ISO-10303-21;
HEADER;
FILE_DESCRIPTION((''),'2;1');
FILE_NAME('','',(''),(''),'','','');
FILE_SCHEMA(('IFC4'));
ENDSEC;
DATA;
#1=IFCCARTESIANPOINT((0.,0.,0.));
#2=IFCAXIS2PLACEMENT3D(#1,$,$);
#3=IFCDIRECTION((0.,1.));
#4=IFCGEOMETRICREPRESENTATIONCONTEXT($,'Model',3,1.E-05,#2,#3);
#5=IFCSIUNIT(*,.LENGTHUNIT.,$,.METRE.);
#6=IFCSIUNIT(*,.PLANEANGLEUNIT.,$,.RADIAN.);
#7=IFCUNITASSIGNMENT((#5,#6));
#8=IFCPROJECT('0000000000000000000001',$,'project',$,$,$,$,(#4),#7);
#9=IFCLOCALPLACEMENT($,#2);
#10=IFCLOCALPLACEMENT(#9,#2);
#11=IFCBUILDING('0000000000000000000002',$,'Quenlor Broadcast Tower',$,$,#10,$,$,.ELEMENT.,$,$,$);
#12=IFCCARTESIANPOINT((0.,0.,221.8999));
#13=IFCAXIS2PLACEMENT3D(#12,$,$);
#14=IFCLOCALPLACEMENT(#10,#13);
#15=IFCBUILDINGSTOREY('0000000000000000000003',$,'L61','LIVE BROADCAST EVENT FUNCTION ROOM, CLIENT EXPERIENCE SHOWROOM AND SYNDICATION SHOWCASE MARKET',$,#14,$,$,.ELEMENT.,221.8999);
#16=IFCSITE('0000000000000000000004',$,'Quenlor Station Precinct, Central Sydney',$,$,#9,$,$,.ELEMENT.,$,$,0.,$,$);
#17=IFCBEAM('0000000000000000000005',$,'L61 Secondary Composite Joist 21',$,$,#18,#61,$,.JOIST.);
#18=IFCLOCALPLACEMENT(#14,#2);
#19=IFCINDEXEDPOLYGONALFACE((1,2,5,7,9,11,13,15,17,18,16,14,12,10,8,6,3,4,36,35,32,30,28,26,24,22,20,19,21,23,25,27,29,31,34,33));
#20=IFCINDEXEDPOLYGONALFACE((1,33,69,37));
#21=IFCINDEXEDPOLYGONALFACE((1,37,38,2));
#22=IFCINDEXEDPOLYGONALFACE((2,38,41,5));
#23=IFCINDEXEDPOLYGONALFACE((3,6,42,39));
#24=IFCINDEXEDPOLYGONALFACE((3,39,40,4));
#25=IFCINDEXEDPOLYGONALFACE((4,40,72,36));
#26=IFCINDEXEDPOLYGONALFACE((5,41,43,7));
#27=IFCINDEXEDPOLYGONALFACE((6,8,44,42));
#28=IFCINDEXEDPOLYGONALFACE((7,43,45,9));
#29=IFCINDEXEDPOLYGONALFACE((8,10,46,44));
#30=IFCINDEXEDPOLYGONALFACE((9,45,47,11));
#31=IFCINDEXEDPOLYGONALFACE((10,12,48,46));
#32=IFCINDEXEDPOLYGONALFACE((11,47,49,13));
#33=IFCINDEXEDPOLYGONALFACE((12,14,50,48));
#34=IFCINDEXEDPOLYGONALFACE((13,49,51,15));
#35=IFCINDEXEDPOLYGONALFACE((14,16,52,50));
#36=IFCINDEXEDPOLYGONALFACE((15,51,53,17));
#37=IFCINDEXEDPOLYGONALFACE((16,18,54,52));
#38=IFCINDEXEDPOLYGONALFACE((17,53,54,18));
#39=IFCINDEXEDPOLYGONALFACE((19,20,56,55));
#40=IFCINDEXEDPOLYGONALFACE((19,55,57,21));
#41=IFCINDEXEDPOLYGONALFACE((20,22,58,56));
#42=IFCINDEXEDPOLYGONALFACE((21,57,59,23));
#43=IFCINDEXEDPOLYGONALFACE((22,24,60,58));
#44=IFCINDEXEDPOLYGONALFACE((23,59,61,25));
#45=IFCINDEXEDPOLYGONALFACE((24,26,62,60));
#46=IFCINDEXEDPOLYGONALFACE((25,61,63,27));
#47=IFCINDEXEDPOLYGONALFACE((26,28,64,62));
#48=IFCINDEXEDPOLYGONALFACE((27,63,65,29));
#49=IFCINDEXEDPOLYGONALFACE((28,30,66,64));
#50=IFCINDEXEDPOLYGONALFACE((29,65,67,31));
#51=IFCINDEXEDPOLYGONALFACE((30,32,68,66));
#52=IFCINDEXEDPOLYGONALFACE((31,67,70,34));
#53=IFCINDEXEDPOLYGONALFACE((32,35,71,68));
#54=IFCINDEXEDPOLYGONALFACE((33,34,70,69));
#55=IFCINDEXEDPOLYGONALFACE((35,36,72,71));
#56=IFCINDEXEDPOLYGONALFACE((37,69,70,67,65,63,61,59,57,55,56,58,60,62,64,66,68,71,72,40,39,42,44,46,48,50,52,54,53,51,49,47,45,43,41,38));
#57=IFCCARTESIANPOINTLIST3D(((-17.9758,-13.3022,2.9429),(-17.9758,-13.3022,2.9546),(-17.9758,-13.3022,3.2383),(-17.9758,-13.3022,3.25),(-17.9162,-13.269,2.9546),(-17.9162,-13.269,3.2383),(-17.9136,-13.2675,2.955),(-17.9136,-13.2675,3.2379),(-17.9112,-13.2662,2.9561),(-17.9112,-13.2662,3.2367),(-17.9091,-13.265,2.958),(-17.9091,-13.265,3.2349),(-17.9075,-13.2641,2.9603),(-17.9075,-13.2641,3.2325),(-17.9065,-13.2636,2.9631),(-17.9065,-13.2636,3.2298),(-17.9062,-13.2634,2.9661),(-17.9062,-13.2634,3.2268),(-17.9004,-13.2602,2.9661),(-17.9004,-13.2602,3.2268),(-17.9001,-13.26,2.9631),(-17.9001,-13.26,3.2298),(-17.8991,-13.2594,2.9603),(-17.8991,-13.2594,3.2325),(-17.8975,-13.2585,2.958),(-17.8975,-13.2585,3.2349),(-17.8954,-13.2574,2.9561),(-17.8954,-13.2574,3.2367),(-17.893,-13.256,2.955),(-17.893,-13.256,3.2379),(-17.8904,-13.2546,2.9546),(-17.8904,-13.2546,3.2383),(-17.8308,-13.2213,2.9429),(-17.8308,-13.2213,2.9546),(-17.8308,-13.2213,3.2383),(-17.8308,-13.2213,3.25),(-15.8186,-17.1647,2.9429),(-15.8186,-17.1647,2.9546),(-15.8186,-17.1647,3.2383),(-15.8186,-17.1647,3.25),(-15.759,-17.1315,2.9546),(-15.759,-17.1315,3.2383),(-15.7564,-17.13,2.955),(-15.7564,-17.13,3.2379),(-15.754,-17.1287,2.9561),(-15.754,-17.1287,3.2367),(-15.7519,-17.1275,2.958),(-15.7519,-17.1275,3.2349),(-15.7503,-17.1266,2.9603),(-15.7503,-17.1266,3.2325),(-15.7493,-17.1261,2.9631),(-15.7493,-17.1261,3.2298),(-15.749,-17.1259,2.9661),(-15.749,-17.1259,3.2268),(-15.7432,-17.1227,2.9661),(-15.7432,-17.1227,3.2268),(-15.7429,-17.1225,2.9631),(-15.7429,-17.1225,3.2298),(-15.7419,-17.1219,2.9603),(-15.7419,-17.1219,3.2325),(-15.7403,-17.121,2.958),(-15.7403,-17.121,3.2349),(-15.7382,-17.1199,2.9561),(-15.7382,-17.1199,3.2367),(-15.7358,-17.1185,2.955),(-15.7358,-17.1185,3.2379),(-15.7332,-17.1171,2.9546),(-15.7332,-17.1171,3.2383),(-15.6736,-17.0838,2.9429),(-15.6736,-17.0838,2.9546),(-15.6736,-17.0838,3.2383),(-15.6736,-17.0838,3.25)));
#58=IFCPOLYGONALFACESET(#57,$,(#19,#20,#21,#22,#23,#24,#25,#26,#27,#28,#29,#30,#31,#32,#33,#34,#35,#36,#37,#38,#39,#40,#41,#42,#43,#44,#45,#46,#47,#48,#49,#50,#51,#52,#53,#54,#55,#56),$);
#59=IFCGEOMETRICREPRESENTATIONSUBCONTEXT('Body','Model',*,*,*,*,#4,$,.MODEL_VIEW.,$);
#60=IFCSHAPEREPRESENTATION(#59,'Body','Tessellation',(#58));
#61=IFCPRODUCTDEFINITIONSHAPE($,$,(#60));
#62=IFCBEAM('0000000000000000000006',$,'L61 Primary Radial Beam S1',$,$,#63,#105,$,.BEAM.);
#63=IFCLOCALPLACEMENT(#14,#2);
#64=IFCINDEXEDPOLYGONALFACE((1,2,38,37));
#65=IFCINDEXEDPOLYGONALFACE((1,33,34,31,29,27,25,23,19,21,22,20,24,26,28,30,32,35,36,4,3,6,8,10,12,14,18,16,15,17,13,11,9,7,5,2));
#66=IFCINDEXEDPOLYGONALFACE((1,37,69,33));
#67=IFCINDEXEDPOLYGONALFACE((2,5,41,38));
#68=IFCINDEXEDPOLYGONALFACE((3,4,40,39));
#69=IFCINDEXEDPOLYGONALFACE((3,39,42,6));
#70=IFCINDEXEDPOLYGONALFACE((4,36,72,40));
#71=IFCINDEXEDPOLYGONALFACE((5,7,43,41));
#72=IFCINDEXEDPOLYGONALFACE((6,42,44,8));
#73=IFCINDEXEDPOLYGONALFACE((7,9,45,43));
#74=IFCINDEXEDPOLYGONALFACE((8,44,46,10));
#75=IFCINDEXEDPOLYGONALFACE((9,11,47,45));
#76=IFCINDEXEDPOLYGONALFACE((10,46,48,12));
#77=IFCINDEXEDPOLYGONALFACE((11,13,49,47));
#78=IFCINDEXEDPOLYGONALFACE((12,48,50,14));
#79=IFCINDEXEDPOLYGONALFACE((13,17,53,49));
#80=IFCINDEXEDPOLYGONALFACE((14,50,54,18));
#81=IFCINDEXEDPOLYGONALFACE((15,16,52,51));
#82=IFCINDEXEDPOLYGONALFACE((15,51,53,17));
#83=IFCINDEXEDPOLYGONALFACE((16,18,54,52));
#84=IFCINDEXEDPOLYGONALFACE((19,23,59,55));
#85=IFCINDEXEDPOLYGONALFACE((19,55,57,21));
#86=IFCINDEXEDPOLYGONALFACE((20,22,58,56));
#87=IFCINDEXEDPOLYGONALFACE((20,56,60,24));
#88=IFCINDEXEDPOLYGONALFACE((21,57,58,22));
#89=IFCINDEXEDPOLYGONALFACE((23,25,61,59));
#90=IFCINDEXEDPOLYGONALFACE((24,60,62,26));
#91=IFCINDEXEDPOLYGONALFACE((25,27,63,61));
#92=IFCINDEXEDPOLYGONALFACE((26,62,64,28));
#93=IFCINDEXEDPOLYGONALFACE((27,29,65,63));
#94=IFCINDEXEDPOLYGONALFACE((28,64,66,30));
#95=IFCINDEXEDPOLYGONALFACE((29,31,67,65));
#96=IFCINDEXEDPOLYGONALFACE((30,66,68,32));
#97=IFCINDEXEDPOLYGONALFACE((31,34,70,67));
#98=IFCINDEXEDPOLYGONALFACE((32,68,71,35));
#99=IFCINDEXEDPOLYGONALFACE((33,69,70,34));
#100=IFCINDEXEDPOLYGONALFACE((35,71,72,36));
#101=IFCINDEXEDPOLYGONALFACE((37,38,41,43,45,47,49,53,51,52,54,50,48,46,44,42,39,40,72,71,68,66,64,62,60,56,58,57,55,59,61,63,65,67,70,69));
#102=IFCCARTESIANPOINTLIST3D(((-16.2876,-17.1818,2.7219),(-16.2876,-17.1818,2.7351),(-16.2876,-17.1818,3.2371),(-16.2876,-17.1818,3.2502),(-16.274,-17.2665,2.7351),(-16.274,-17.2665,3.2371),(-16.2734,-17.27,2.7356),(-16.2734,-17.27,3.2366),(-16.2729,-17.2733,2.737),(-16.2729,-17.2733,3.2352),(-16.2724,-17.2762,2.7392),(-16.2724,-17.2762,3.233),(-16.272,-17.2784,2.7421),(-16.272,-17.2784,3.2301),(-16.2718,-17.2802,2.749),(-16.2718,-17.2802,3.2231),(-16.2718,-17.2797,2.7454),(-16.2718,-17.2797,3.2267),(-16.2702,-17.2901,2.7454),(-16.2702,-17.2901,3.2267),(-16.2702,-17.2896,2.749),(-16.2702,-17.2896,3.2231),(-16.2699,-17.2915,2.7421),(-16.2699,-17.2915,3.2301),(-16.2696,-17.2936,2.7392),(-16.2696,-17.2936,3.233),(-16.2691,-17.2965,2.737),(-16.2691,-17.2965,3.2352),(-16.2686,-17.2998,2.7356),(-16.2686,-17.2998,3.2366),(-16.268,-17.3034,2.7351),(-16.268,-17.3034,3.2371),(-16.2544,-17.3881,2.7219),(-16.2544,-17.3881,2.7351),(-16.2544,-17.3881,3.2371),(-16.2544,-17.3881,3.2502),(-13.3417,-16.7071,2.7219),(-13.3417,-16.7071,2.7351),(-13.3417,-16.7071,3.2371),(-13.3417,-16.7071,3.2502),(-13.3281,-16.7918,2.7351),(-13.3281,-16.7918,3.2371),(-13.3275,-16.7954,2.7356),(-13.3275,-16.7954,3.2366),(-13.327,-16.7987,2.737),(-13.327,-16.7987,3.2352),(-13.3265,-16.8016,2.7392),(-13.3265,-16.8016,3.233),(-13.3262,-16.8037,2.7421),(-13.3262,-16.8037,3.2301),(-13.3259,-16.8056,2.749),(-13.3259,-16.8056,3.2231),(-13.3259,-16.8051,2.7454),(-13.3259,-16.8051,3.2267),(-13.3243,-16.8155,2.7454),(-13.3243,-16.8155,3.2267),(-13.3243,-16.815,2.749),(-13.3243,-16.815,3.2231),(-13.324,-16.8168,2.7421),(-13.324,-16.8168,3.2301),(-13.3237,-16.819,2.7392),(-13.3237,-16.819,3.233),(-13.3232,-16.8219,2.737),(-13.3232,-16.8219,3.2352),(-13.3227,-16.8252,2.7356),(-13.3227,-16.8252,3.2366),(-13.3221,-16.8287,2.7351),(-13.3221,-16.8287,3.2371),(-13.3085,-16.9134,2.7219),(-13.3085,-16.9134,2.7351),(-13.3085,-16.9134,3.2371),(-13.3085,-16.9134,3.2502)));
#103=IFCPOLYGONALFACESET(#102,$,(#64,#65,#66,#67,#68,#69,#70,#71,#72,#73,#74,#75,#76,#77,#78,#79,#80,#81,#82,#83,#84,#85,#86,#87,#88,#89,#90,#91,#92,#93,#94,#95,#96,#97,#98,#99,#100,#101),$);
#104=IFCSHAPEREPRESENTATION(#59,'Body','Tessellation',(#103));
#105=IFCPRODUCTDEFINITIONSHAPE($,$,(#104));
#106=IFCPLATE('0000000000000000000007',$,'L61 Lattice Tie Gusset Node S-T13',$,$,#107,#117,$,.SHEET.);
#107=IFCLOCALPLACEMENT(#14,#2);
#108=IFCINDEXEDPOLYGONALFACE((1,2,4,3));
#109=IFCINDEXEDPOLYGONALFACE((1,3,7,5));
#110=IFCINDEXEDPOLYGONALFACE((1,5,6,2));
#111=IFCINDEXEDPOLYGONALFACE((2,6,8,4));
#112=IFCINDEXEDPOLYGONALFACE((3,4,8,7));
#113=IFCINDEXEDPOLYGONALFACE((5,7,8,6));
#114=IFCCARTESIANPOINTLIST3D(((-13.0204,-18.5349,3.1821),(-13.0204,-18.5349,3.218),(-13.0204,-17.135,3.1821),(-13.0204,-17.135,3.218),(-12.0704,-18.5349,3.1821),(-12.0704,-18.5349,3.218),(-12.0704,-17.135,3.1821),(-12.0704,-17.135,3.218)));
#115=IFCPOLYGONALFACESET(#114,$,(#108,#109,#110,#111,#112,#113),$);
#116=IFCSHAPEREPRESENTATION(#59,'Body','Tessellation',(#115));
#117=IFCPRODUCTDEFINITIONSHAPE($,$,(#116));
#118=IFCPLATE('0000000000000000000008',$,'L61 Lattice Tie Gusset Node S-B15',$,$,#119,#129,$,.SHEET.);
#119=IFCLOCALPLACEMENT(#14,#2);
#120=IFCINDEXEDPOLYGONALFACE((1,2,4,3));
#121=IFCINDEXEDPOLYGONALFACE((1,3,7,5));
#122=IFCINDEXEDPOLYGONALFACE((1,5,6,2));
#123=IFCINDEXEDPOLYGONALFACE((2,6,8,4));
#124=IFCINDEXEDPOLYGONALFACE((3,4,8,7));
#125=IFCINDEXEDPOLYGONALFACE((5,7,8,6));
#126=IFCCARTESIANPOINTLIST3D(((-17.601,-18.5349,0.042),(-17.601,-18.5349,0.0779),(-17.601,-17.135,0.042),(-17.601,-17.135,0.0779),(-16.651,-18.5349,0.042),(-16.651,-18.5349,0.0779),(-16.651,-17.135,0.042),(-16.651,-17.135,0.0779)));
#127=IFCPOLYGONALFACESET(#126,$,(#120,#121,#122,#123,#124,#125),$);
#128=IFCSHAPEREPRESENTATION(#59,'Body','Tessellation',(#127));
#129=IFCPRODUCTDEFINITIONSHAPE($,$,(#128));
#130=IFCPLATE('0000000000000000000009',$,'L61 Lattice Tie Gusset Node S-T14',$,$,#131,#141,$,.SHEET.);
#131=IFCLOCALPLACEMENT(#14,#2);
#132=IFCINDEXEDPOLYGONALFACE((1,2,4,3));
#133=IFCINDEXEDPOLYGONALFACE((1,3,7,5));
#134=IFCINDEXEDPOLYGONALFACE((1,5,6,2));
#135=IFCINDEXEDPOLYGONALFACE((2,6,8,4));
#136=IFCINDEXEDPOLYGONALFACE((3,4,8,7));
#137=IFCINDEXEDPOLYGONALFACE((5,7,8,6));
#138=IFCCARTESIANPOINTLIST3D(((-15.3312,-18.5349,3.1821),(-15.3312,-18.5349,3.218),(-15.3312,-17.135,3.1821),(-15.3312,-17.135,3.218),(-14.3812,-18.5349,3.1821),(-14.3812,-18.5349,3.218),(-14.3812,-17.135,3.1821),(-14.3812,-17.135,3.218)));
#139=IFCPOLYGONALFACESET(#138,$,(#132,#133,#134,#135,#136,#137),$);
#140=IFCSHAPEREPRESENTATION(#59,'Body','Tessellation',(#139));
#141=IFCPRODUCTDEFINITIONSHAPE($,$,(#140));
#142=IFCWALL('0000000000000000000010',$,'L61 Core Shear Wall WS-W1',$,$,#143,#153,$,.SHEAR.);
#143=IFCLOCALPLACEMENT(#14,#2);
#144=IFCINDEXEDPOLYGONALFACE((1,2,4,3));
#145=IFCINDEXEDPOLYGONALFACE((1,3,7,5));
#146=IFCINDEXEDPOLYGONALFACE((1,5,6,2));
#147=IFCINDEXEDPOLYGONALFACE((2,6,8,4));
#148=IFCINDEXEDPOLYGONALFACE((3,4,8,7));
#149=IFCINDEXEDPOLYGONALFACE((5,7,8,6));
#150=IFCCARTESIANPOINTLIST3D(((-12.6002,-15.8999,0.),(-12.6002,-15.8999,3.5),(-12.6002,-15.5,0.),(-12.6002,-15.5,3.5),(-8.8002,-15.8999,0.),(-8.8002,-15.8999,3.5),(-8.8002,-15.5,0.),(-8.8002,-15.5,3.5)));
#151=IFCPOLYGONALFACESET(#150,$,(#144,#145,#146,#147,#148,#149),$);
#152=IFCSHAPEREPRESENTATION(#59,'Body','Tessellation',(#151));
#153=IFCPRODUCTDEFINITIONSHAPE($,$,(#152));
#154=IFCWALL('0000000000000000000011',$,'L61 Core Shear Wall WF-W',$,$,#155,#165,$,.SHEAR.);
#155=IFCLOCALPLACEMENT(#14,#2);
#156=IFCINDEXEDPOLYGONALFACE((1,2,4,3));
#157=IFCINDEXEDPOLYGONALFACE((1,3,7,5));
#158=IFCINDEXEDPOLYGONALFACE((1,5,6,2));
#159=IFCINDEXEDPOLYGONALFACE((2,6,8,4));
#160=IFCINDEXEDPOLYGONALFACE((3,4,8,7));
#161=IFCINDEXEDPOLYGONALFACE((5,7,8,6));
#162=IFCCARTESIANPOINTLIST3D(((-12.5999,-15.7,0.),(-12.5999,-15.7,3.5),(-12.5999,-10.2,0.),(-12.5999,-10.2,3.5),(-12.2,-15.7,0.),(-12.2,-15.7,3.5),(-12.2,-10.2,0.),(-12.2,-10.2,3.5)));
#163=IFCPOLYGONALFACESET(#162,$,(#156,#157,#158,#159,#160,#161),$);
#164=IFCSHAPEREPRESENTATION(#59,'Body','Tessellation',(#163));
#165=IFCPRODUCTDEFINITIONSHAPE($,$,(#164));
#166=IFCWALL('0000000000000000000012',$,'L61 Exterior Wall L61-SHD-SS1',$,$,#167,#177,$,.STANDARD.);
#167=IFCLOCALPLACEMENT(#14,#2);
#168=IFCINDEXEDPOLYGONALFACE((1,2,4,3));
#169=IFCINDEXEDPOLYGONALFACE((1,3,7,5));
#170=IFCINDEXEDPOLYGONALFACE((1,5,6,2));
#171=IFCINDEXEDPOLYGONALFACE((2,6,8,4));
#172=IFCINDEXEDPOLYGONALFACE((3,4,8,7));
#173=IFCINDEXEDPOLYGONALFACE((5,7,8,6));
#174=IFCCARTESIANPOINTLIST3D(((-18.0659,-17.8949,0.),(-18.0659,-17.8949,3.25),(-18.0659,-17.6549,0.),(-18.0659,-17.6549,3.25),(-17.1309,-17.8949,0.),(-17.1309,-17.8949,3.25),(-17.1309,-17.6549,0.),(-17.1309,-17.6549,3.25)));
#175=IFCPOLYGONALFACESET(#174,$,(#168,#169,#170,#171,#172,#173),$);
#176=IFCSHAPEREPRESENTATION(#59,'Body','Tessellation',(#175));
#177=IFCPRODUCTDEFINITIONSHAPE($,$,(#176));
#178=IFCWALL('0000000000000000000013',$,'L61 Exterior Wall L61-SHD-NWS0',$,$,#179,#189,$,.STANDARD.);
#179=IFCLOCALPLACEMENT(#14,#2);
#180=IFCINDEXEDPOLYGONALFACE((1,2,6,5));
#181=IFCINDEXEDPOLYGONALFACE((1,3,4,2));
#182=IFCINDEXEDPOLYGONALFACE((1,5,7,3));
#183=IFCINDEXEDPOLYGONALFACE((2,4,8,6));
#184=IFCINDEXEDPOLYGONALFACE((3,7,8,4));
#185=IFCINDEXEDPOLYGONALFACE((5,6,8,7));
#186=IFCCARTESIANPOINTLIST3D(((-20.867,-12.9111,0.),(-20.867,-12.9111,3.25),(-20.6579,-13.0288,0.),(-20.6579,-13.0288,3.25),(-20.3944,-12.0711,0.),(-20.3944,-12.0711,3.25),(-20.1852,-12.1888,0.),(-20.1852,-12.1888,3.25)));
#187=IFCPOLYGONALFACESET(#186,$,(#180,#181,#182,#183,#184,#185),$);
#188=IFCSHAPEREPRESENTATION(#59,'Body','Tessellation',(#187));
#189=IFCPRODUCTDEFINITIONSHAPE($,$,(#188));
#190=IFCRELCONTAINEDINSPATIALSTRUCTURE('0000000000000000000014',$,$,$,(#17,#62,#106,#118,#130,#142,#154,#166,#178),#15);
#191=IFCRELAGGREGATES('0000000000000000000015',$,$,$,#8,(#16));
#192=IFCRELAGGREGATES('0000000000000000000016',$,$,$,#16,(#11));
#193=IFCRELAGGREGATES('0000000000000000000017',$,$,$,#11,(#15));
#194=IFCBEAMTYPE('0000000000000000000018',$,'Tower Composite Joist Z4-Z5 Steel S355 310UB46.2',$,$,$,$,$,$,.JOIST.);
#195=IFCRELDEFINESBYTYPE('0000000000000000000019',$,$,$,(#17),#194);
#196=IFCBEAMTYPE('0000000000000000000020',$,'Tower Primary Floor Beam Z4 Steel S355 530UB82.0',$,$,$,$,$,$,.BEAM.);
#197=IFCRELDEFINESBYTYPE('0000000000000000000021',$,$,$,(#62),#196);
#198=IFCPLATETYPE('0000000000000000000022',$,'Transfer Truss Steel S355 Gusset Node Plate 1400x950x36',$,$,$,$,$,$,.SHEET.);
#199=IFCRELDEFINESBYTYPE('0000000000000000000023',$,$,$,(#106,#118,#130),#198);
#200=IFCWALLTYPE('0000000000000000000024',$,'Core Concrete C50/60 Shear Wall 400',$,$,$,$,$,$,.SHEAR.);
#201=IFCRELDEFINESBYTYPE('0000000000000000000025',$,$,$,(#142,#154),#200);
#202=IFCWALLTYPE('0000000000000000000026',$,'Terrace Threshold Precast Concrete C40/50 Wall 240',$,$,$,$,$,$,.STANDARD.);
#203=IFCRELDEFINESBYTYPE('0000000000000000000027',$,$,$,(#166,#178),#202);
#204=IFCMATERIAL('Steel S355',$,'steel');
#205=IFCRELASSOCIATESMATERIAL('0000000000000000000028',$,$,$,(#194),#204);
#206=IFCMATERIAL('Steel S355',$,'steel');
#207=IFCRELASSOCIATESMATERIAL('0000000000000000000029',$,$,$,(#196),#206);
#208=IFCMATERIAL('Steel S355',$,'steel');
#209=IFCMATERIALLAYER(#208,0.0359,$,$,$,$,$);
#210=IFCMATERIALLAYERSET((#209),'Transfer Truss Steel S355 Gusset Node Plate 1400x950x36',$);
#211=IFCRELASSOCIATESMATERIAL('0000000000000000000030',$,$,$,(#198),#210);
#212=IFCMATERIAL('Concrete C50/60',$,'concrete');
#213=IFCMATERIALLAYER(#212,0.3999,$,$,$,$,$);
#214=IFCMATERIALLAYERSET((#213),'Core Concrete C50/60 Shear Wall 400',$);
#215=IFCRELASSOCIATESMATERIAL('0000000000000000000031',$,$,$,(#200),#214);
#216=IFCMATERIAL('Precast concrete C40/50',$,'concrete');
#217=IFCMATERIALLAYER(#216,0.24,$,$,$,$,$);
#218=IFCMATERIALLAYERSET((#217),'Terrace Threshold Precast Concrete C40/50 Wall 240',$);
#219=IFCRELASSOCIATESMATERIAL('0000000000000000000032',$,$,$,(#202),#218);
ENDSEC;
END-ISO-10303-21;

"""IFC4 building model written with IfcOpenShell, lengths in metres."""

from ifc_helpers import new_model, si_unit, direction, frame, frame_2d, origin, origin_2d, place, context, subcontext, project, spatial, rectangle, i_section, extrude, material, layer, layer_set, material_profile, profile_set, type_object, element, save


model = new_model("IFC4")

# Units and contexts
model_context = context("Model", 3, precision=1e-05, world=origin(), true_north=direction((0.0, 1.0)))
body_context = subcontext(model_context, "Body", "Model", "MODEL_VIEW")
ifc_project = project(units=[si_unit("LENGTHUNIT", "METRE"), si_unit("PLANEANGLEUNIT", "RADIAN")], contexts=[model_context])

# Site, building, storey
site_placement = place(None, origin())
site = spatial("IfcSite", under=ifc_project, at=site_placement, Name="Quenlor Station Precinct, Central Sydney", CompositionType="ELEMENT", RefElevation=0.0)
building_placement = place(site_placement, origin())
building = spatial("IfcBuilding", under=site, at=building_placement, Name="Quenlor Broadcast Tower", CompositionType="ELEMENT")
storey_placement = place(building_placement, frame((0.0, 0.0, 221.8999)))
storey = spatial("IfcBuildingStorey", under=building, at=storey_placement, Name="L61", Description="LIVE BROADCAST EVENT FUNCTION ROOM, CLIENT EXPERIENCE SHOWROOM AND SYNDICATION SHOWCASE MARKET", CompositionType="ELEMENT", Elevation=221.8999)

# Beams
ifc_material_1 = material(Name="Steel S355", Category="steel")
ifc_material_profile_1 = material_profile(ifc_material_1, i_section(OverallWidth=0.166, OverallDepth=0.3071, WebThickness=0.0066, FlangeThickness=0.0117, FilletRadius=0.0115, at=origin_2d()))
ifc_profile_set_1 = profile_set([ifc_material_profile_1], Name="Steel S355 310UB46.2")
beam_type_1 = type_object("IfcBeamType", Name="Tower Composite Joist Z4-Z5 Steel S355 310UB46.2", PredefinedType="JOIST", material=ifc_profile_set_1)
beam_1_placement = place(storey_placement, frame((-15.7461, -17.1243, 3.0964), z_axis=(-0.487605, 0.873064, 0.0), x_axis=(-0.873064, -0.487605, 0.0)))
element("IfcBeam", 1, at=beam_1_placement, inside=storey, type_object=beam_type_1, Name="L61 Secondary Composite Joist 21", PredefinedType="JOIST", context=body_context, shape_type="SweptSolid", body=[
    extrude(i_section(OverallWidth=0.166, OverallDepth=0.3071, WebThickness=0.0066, FlangeThickness=0.0117, FilletRadius=0.0115, at=origin_2d()), origin(), (0.0, 0.0, 1.0), 4.4241),
])
ifc_material_2 = material(Name="Steel S355", Category="steel")
ifc_material_profile_2 = material_profile(ifc_material_2, i_section(OverallWidth=0.209, OverallDepth=0.5283, WebThickness=0.0095, FlangeThickness=0.0132, FilletRadius=0.0139, at=origin_2d()))
ifc_profile_set_2 = profile_set([ifc_material_profile_2], Name="Steel S355 530UB82.0")
beam_type_2 = type_object("IfcBeamType", Name="Tower Primary Floor Beam Z4 Steel S355 530UB82.0", PredefinedType="BEAM", material=ifc_profile_set_2)
beam_2_placement = place(storey_placement, frame((-16.271, -17.2849, 2.9861), z_axis=(0.987268, 0.159063, 0.0), x_axis=(-0.159063, 0.987268, 0.0)))
element("IfcBeam", 2, at=beam_2_placement, inside=storey, type_object=beam_type_2, Name="L61 Primary Radial Beam S1", PredefinedType="BEAM", context=body_context, shape_type="SweptSolid", body=[
    extrude(i_section(OverallWidth=0.209, OverallDepth=0.5283, WebThickness=0.0095, FlangeThickness=0.0132, FilletRadius=0.0139, at=origin_2d()), origin(), (0.0, 0.0, 1.0), 2.9839),
])

# Plates
ifc_material_3 = material(Name="Steel S355", Category="steel")
ifc_layer_1 = layer(ifc_material_3, 0.0359)
ifc_layer_set_1 = layer_set([ifc_layer_1], Name="Transfer Truss Steel S355 Gusset Node Plate 1400x950x36")
plate_type = type_object("IfcPlateType", Name="Transfer Truss Steel S355 Gusset Node Plate 1400x950x36", PredefinedType="SHEET", material=ifc_layer_set_1)
for number, where, z_axis, x_axis, name in (
    (3, (-12.5454, -17.835, 3.1821), (0.0, 0.0, 1.0), (0.0, -1.0, 0.0), "L61 Lattice Tie Gusset Node S-T13"),
    (4, (-17.126, -17.835, 0.042), (0.0, 0.0, 1.0), (0.0, -1.0, 0.0), "L61 Lattice Tie Gusset Node S-B15"),
    (5, (-14.8562, -17.835, 3.1821), (0.0, 0.0, 1.0), (0.0, -1.0, 0.0), "L61 Lattice Tie Gusset Node S-T14"),
):
    element("IfcPlate", number, at=place(storey_placement, frame(where, z_axis=z_axis, x_axis=x_axis)), inside=storey, type_object=plate_type, Name=name, PredefinedType="SHEET", context=body_context, shape_type="SweptSolid", body=[
        extrude(rectangle(XDim=1.3999, YDim=0.95, at=origin_2d()), origin(), (0.0, 0.0, 1.0), 0.0359),
    ])

# Walls
ifc_material_4 = material(Name="Concrete C50/60", Category="concrete")
ifc_layer_2 = layer(ifc_material_4, 0.3999)
ifc_layer_set_2 = layer_set([ifc_layer_2], Name="Core Concrete C50/60 Shear Wall 400")
wall_type_1 = type_object("IfcWallType", Name="Core Concrete C50/60 Shear Wall 400", PredefinedType="SHEAR", material=ifc_layer_set_2)
wall_1_placement = place(storey_placement, frame((-12.6001, -15.7, 0.0), z_axis=(0.0, 0.0, 1.0), x_axis=(1.0, 0.0, 0.0)))
element("IfcWall", 6, at=wall_1_placement, inside=storey, type_object=wall_type_1, Name="L61 Core Shear Wall WS-W1", PredefinedType="SHEAR", context=body_context, shape_type="SweptSolid", body=[
    extrude(rectangle(XDim=3.8, YDim=0.3999, at=frame_2d((1.8999, 0.0))), origin(), (0.0, 0.0, 1.0), 3.5),
])
wall_2_placement = place(storey_placement, frame((-12.3999, -15.7, 0.0), z_axis=(0.0, 0.0, 1.0), x_axis=(0.0, 1.0, 0.0)))
element("IfcWall", 7, at=wall_2_placement, inside=storey, type_object=wall_type_1, Name="L61 Core Shear Wall WF-W", PredefinedType="SHEAR", context=body_context, shape_type="SweptSolid", body=[
    extrude(rectangle(XDim=5.5, YDim=0.3999, at=frame_2d((2.75, 0.0))), origin(), (0.0, 0.0, 1.0), 3.5),
])
ifc_material_5 = material(Name="Precast concrete C40/50", Category="concrete")
ifc_layer_3 = layer(ifc_material_5, 0.24)
ifc_layer_set_3 = layer_set([ifc_layer_3], Name="Terrace Threshold Precast Concrete C40/50 Wall 240")
wall_type_2 = type_object("IfcWallType", Name="Terrace Threshold Precast Concrete C40/50 Wall 240", PredefinedType="STANDARD", material=ifc_layer_set_3)
wall_3_placement = place(storey_placement, frame((-17.1309, -17.7749, 0.0), z_axis=(0.0, 0.0, 1.0), x_axis=(-1.0, 0.0, 0.0)))
element("IfcWall", 8, at=wall_3_placement, inside=storey, type_object=wall_type_2, Name="L61 Exterior Wall L61-SHD-SS1", PredefinedType="STANDARD", context=body_context, shape_type="SweptSolid", body=[
    extrude(rectangle(XDim=0.9351, YDim=0.24, at=frame_2d((0.4675, 0.0))), origin(), (0.0, 0.0, 1.0), 3.25),
])
wall_4_placement = place(storey_placement, frame((-20.7625, -12.97, 0.0), z_axis=(0.0, 0.0, 1.0), x_axis=(0.490345, 0.871528, 0.0)))
element("IfcWall", 9, at=wall_4_placement, inside=storey, type_object=wall_type_2, Name="L61 Exterior Wall L61-SHD-NWS0", PredefinedType="STANDARD", context=body_context, shape_type="SweptSolid", body=[
    extrude(rectangle(XDim=0.9639, YDim=0.24, at=frame_2d((0.4819, 0.0))), origin(), (0.0, 0.0, 1.0), 3.25),
])

save(model, "model.ifc")
